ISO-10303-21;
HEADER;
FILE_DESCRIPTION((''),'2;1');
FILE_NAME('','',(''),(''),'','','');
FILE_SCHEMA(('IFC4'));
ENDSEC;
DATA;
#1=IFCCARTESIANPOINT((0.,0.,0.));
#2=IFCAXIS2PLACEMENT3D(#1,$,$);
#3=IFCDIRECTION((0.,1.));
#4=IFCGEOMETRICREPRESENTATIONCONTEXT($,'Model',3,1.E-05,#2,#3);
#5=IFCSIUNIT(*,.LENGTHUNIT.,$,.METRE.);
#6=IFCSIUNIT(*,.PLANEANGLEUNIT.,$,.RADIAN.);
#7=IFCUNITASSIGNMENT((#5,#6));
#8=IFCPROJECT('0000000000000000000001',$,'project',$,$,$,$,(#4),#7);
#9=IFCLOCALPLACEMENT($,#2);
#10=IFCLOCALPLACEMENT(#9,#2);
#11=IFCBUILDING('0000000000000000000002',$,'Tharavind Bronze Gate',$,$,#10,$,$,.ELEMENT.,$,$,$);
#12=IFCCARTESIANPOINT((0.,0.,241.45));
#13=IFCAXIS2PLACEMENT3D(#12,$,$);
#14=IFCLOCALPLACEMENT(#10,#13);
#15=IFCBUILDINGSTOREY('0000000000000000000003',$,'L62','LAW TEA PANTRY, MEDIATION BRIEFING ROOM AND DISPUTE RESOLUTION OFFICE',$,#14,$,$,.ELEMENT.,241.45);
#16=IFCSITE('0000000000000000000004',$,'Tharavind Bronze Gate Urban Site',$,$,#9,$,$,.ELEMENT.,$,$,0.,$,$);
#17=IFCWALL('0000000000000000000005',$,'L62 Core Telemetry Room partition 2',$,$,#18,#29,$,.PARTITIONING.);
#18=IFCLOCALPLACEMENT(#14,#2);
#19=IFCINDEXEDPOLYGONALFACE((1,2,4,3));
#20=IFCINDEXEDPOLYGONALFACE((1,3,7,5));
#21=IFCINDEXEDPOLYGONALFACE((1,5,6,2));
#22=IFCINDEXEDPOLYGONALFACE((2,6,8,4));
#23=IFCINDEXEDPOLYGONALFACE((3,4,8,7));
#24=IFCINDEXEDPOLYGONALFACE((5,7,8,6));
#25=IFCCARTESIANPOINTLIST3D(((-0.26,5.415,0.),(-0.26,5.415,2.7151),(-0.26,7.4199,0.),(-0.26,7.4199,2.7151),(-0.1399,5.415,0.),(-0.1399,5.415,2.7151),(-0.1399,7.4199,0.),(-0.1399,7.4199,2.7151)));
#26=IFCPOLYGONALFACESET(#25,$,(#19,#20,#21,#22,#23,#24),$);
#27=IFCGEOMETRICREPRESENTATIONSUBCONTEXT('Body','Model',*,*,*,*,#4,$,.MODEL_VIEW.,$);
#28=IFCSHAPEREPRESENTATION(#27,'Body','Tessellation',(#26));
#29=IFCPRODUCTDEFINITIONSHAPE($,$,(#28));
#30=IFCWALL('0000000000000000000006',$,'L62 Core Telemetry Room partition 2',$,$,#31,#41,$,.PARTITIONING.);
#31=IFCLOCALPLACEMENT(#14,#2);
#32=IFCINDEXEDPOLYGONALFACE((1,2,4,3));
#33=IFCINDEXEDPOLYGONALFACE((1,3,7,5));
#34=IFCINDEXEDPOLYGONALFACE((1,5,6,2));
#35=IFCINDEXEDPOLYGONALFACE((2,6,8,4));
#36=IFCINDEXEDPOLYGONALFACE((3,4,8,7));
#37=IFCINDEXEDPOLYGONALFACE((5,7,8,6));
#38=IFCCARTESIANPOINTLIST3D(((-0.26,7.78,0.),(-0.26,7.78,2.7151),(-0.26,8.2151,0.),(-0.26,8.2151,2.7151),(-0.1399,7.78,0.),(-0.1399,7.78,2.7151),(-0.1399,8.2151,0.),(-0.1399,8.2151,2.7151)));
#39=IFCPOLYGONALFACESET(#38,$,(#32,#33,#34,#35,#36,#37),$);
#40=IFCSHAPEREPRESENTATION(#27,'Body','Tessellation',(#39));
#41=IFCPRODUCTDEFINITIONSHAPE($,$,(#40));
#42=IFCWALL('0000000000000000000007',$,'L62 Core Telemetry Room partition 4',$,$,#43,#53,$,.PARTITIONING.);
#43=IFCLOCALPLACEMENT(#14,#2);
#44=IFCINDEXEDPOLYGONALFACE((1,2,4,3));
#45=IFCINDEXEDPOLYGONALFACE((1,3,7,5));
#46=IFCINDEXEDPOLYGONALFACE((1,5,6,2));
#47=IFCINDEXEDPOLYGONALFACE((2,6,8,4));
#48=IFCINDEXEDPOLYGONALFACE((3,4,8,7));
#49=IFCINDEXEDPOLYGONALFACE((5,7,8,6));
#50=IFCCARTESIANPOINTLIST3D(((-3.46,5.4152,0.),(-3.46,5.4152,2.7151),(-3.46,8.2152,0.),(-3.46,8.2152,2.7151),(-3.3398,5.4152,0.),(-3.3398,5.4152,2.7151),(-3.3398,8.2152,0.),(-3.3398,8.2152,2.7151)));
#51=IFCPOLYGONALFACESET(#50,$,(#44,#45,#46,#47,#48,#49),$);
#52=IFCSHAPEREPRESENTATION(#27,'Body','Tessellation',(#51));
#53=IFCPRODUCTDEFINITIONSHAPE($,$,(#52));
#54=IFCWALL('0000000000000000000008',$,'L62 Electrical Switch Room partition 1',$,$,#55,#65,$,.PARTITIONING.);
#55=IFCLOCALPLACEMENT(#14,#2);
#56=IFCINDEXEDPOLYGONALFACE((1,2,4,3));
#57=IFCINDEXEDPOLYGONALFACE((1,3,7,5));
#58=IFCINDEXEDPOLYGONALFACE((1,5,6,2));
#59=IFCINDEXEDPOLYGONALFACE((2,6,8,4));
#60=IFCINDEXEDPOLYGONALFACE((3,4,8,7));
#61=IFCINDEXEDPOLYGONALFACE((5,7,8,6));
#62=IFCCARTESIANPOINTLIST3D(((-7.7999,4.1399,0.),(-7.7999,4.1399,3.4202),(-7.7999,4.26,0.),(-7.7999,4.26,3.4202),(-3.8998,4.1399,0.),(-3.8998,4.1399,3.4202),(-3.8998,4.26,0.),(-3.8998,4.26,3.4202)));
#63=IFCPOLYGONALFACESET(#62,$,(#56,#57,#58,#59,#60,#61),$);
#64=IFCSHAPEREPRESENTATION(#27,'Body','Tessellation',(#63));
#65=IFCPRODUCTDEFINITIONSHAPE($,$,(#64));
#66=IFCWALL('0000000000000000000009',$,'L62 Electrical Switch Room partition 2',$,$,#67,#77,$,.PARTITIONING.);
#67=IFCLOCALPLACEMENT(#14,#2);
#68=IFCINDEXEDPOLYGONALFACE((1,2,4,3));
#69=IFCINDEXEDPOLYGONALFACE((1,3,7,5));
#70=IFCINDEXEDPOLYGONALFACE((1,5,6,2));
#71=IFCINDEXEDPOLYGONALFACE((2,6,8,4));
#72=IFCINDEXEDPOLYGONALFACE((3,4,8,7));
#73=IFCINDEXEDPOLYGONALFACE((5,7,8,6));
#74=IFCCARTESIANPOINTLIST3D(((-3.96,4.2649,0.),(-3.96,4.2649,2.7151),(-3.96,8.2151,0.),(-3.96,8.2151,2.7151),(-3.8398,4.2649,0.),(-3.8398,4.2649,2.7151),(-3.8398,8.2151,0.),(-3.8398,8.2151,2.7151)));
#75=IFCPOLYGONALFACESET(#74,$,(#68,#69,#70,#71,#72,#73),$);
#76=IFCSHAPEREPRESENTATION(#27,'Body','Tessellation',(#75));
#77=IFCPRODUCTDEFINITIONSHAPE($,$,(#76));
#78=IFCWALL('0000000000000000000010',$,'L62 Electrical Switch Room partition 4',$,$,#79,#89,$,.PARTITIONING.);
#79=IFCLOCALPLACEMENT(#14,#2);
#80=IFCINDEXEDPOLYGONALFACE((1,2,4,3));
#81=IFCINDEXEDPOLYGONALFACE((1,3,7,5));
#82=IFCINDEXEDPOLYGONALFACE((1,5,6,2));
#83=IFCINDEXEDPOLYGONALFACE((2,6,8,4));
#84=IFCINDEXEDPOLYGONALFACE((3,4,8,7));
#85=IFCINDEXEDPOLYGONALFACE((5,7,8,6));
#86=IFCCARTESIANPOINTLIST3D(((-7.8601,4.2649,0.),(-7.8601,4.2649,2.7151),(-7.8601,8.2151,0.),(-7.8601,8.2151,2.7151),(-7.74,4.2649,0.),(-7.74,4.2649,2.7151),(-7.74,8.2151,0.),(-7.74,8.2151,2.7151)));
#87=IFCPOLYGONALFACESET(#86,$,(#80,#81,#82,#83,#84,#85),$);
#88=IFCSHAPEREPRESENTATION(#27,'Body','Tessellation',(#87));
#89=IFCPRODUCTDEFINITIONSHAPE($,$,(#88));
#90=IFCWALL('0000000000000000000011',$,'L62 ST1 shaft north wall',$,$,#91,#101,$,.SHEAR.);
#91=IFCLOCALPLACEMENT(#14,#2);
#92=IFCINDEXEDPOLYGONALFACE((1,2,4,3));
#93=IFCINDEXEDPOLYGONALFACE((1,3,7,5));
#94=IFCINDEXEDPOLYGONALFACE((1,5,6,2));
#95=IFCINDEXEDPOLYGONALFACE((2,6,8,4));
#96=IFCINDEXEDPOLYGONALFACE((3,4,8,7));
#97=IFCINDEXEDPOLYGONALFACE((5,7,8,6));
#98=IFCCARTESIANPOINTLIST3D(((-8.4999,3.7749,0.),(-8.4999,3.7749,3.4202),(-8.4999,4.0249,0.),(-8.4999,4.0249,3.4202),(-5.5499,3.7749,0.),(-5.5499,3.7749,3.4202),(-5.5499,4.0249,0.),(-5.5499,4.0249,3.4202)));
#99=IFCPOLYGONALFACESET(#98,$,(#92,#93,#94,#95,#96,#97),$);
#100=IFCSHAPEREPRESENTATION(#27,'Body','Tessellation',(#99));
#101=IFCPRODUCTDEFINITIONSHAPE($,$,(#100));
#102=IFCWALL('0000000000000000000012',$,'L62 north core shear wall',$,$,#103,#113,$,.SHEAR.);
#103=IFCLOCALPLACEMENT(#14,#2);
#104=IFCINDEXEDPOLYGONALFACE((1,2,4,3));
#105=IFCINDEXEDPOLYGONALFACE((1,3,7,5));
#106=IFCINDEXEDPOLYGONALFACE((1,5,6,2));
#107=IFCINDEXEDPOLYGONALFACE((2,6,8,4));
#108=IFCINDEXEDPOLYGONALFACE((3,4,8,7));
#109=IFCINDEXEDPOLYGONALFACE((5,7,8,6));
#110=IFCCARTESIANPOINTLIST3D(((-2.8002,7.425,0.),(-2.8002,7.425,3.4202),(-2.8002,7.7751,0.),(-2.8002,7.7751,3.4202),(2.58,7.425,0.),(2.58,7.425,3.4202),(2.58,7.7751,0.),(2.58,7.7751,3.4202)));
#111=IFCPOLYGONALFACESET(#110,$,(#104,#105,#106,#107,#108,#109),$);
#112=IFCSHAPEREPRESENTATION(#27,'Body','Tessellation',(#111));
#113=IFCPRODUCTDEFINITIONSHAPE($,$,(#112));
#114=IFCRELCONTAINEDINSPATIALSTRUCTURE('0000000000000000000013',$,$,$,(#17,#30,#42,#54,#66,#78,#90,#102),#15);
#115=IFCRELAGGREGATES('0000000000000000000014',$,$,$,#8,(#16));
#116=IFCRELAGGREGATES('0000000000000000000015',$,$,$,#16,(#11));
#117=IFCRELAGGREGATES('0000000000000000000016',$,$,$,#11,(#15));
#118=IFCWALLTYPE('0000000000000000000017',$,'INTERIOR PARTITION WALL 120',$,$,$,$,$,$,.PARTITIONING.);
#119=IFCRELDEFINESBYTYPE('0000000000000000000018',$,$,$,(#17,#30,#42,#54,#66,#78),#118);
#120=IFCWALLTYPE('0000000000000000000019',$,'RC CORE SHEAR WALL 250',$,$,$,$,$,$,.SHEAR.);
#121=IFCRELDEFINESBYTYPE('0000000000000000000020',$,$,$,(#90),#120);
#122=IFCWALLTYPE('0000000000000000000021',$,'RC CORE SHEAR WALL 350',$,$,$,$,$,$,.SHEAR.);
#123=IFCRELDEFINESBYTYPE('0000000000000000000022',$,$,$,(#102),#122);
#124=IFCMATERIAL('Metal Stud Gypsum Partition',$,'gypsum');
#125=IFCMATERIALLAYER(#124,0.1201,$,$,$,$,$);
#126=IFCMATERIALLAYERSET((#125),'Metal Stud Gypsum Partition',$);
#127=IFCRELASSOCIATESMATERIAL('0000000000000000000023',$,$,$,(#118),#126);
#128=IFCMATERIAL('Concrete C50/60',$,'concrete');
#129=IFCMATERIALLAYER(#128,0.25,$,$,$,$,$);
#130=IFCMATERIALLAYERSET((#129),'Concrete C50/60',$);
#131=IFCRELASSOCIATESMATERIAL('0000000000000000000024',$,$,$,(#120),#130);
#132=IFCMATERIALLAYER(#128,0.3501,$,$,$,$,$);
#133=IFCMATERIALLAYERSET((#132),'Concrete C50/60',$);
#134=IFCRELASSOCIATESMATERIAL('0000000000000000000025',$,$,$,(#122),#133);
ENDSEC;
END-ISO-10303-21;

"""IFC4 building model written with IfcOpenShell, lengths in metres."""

from ifc_helpers import new_model, si_unit, direction, frame, frame_2d, origin, place, context, subcontext, project, spatial, rectangle, extrude, material, layer, layer_set, type_object, element, save


model = new_model("IFC4")

# Units and contexts
model_context = context("Model", 3, precision=1e-05, world=origin(), true_north=direction((0.0, 1.0)))
body_context = subcontext(model_context, "Body", "Model", "MODEL_VIEW")
ifc_project = project(units=[si_unit("LENGTHUNIT", "METRE"), si_unit("PLANEANGLEUNIT", "RADIAN")], contexts=[model_context])

# Site, building, storey
site_placement = place(None, origin())
site = spatial("IfcSite", under=ifc_project, at=site_placement, Name="Tharavind Bronze Gate Urban Site", CompositionType="ELEMENT", RefElevation=0.0)
building_placement = place(site_placement, origin())
building = spatial("IfcBuilding", under=site, at=building_placement, Name="Tharavind Bronze Gate", CompositionType="ELEMENT")
storey_placement = place(building_placement, frame((0.0, 0.0, 241.45)))
storey = spatial("IfcBuildingStorey", under=building, at=storey_placement, Name="L62", Description="LAW TEA PANTRY, MEDIATION BRIEFING ROOM AND DISPUTE RESOLUTION OFFICE", CompositionType="ELEMENT", Elevation=241.45)

# Walls
ifc_material_1 = material(Name="Metal Stud Gypsum Partition", Category="gypsum")
ifc_layer_1 = layer(ifc_material_1, 0.1201)
ifc_layer_set_1 = layer_set([ifc_layer_1], Name="Metal Stud Gypsum Partition")
wall_type_1 = type_object("IfcWallType", Name="INTERIOR PARTITION WALL 120", PredefinedType="PARTITIONING", material=ifc_layer_set_1)
wall_1_placement = place(storey_placement, frame((-0.2, 5.415, 0.0), z_axis=(0.0, 0.0, 1.0), x_axis=(0.0, 1.0, 0.0)))
element("IfcWall", 1, at=wall_1_placement, inside=storey, type_object=wall_type_1, Name="L62 Core Telemetry Room partition 2", PredefinedType="PARTITIONING", context=body_context, shape_type="SweptSolid", body=[
    extrude(rectangle(XDim=2.0049, YDim=0.1201, at=frame_2d((1.0024, 0.0))), origin(), (0.0, 0.0, 1.0), 2.7151),
])
wall_2_placement = place(storey_placement, frame((-0.2, 7.78, 0.0), z_axis=(0.0, 0.0, 1.0), x_axis=(0.0, 1.0, 0.0)))
element("IfcWall", 2, at=wall_2_placement, inside=storey, type_object=wall_type_1, Name="L62 Core Telemetry Room partition 2", PredefinedType="PARTITIONING", context=body_context, shape_type="SweptSolid", body=[
    extrude(rectangle(XDim=0.4351, YDim=0.1201, at=frame_2d((0.2175, 0.0))), origin(), (0.0, 0.0, 1.0), 2.7151),
])
wall_3_placement = place(storey_placement, frame((-3.3999, 8.2151, 0.0), z_axis=(0.0, 0.0, 1.0), x_axis=(0.0, -1.0, 0.0)))
element("IfcWall", 3, at=wall_3_placement, inside=storey, type_object=wall_type_1, Name="L62 Core Telemetry Room partition 4", PredefinedType="PARTITIONING", context=body_context, shape_type="SweptSolid", body=[
    extrude(rectangle(XDim=2.8, YDim=0.1201, at=frame_2d((1.3999, 0.0))), origin(), (0.0, 0.0, 1.0), 2.7151),
])
wall_4_placement = place(storey_placement, frame((-7.8, 4.2, 0.0), z_axis=(0.0, 0.0, 1.0), x_axis=(1.0, 0.0, 0.0)))
element("IfcWall", 4, at=wall_4_placement, inside=storey, type_object=wall_type_1, Name="L62 Electrical Switch Room partition 1", PredefinedType="PARTITIONING", context=body_context, shape_type="SweptSolid", body=[
    extrude(rectangle(XDim=3.9001, YDim=0.1201, at=frame_2d((1.9502, 0.0))), origin(), (0.0, 0.0, 1.0), 3.4202),
])
for number, where, z_axis, x_axis, name in (
    (5, (-3.8999, 4.2649, 0.0), (0.0, 0.0, 1.0), (0.0, 1.0, 0.0), "L62 Electrical Switch Room partition 2"),
    (6, (-7.8, 8.2151, 0.0), (0.0, 0.0, 1.0), (0.0, -1.0, 0.0), "L62 Electrical Switch Room partition 4"),
):
    element("IfcWall", number, at=place(storey_placement, frame(where, z_axis=z_axis, x_axis=x_axis)), inside=storey, type_object=wall_type_1, Name=name, PredefinedType="PARTITIONING", context=body_context, shape_type="SweptSolid", body=[
        extrude(rectangle(XDim=3.9502, YDim=0.1201, at=frame_2d((1.9751, 0.0))), origin(), (0.0, 0.0, 1.0), 2.7151),
    ])
ifc_material_2 = material(Name="Concrete C50/60", Category="concrete")
ifc_layer_2 = layer(ifc_material_2, 0.25)
ifc_layer_set_2 = layer_set([ifc_layer_2], Name="Concrete C50/60")
wall_type_2 = type_object("IfcWallType", Name="RC CORE SHEAR WALL 250", PredefinedType="SHEAR", material=ifc_layer_set_2)
wall_5_placement = place(storey_placement, frame((-8.5, 3.8999, 0.0), z_axis=(0.0, 0.0, 1.0), x_axis=(1.0, 0.0, 0.0)))
element("IfcWall", 7, at=wall_5_placement, inside=storey, type_object=wall_type_2, Name="L62 ST1 shaft north wall", PredefinedType="SHEAR", context=body_context, shape_type="SweptSolid", body=[
    extrude(rectangle(XDim=2.95, YDim=0.25, at=frame_2d((1.4751, 0.0))), origin(), (0.0, 0.0, 1.0), 3.4202),
])
ifc_layer_3 = layer(ifc_material_2, 0.3501)
ifc_layer_set_3 = layer_set([ifc_layer_3], Name="Concrete C50/60")
wall_type_3 = type_object("IfcWallType", Name="RC CORE SHEAR WALL 350", PredefinedType="SHEAR", material=ifc_layer_set_3)
wall_6_placement = place(storey_placement, frame((-2.8, 7.6001, 0.0), z_axis=(0.0, 0.0, 1.0), x_axis=(1.0, 0.0, 0.0)))
element("IfcWall", 8, at=wall_6_placement, inside=storey, type_object=wall_type_3, Name="L62 north core shear wall", PredefinedType="SHEAR", context=body_context, shape_type="SweptSolid", body=[
    extrude(rectangle(XDim=5.3801, YDim=0.3501, at=frame_2d((2.6899, 0.0))), origin(), (0.0, 0.0, 1.0), 3.4202),
])

save(model, "model.ifc")
